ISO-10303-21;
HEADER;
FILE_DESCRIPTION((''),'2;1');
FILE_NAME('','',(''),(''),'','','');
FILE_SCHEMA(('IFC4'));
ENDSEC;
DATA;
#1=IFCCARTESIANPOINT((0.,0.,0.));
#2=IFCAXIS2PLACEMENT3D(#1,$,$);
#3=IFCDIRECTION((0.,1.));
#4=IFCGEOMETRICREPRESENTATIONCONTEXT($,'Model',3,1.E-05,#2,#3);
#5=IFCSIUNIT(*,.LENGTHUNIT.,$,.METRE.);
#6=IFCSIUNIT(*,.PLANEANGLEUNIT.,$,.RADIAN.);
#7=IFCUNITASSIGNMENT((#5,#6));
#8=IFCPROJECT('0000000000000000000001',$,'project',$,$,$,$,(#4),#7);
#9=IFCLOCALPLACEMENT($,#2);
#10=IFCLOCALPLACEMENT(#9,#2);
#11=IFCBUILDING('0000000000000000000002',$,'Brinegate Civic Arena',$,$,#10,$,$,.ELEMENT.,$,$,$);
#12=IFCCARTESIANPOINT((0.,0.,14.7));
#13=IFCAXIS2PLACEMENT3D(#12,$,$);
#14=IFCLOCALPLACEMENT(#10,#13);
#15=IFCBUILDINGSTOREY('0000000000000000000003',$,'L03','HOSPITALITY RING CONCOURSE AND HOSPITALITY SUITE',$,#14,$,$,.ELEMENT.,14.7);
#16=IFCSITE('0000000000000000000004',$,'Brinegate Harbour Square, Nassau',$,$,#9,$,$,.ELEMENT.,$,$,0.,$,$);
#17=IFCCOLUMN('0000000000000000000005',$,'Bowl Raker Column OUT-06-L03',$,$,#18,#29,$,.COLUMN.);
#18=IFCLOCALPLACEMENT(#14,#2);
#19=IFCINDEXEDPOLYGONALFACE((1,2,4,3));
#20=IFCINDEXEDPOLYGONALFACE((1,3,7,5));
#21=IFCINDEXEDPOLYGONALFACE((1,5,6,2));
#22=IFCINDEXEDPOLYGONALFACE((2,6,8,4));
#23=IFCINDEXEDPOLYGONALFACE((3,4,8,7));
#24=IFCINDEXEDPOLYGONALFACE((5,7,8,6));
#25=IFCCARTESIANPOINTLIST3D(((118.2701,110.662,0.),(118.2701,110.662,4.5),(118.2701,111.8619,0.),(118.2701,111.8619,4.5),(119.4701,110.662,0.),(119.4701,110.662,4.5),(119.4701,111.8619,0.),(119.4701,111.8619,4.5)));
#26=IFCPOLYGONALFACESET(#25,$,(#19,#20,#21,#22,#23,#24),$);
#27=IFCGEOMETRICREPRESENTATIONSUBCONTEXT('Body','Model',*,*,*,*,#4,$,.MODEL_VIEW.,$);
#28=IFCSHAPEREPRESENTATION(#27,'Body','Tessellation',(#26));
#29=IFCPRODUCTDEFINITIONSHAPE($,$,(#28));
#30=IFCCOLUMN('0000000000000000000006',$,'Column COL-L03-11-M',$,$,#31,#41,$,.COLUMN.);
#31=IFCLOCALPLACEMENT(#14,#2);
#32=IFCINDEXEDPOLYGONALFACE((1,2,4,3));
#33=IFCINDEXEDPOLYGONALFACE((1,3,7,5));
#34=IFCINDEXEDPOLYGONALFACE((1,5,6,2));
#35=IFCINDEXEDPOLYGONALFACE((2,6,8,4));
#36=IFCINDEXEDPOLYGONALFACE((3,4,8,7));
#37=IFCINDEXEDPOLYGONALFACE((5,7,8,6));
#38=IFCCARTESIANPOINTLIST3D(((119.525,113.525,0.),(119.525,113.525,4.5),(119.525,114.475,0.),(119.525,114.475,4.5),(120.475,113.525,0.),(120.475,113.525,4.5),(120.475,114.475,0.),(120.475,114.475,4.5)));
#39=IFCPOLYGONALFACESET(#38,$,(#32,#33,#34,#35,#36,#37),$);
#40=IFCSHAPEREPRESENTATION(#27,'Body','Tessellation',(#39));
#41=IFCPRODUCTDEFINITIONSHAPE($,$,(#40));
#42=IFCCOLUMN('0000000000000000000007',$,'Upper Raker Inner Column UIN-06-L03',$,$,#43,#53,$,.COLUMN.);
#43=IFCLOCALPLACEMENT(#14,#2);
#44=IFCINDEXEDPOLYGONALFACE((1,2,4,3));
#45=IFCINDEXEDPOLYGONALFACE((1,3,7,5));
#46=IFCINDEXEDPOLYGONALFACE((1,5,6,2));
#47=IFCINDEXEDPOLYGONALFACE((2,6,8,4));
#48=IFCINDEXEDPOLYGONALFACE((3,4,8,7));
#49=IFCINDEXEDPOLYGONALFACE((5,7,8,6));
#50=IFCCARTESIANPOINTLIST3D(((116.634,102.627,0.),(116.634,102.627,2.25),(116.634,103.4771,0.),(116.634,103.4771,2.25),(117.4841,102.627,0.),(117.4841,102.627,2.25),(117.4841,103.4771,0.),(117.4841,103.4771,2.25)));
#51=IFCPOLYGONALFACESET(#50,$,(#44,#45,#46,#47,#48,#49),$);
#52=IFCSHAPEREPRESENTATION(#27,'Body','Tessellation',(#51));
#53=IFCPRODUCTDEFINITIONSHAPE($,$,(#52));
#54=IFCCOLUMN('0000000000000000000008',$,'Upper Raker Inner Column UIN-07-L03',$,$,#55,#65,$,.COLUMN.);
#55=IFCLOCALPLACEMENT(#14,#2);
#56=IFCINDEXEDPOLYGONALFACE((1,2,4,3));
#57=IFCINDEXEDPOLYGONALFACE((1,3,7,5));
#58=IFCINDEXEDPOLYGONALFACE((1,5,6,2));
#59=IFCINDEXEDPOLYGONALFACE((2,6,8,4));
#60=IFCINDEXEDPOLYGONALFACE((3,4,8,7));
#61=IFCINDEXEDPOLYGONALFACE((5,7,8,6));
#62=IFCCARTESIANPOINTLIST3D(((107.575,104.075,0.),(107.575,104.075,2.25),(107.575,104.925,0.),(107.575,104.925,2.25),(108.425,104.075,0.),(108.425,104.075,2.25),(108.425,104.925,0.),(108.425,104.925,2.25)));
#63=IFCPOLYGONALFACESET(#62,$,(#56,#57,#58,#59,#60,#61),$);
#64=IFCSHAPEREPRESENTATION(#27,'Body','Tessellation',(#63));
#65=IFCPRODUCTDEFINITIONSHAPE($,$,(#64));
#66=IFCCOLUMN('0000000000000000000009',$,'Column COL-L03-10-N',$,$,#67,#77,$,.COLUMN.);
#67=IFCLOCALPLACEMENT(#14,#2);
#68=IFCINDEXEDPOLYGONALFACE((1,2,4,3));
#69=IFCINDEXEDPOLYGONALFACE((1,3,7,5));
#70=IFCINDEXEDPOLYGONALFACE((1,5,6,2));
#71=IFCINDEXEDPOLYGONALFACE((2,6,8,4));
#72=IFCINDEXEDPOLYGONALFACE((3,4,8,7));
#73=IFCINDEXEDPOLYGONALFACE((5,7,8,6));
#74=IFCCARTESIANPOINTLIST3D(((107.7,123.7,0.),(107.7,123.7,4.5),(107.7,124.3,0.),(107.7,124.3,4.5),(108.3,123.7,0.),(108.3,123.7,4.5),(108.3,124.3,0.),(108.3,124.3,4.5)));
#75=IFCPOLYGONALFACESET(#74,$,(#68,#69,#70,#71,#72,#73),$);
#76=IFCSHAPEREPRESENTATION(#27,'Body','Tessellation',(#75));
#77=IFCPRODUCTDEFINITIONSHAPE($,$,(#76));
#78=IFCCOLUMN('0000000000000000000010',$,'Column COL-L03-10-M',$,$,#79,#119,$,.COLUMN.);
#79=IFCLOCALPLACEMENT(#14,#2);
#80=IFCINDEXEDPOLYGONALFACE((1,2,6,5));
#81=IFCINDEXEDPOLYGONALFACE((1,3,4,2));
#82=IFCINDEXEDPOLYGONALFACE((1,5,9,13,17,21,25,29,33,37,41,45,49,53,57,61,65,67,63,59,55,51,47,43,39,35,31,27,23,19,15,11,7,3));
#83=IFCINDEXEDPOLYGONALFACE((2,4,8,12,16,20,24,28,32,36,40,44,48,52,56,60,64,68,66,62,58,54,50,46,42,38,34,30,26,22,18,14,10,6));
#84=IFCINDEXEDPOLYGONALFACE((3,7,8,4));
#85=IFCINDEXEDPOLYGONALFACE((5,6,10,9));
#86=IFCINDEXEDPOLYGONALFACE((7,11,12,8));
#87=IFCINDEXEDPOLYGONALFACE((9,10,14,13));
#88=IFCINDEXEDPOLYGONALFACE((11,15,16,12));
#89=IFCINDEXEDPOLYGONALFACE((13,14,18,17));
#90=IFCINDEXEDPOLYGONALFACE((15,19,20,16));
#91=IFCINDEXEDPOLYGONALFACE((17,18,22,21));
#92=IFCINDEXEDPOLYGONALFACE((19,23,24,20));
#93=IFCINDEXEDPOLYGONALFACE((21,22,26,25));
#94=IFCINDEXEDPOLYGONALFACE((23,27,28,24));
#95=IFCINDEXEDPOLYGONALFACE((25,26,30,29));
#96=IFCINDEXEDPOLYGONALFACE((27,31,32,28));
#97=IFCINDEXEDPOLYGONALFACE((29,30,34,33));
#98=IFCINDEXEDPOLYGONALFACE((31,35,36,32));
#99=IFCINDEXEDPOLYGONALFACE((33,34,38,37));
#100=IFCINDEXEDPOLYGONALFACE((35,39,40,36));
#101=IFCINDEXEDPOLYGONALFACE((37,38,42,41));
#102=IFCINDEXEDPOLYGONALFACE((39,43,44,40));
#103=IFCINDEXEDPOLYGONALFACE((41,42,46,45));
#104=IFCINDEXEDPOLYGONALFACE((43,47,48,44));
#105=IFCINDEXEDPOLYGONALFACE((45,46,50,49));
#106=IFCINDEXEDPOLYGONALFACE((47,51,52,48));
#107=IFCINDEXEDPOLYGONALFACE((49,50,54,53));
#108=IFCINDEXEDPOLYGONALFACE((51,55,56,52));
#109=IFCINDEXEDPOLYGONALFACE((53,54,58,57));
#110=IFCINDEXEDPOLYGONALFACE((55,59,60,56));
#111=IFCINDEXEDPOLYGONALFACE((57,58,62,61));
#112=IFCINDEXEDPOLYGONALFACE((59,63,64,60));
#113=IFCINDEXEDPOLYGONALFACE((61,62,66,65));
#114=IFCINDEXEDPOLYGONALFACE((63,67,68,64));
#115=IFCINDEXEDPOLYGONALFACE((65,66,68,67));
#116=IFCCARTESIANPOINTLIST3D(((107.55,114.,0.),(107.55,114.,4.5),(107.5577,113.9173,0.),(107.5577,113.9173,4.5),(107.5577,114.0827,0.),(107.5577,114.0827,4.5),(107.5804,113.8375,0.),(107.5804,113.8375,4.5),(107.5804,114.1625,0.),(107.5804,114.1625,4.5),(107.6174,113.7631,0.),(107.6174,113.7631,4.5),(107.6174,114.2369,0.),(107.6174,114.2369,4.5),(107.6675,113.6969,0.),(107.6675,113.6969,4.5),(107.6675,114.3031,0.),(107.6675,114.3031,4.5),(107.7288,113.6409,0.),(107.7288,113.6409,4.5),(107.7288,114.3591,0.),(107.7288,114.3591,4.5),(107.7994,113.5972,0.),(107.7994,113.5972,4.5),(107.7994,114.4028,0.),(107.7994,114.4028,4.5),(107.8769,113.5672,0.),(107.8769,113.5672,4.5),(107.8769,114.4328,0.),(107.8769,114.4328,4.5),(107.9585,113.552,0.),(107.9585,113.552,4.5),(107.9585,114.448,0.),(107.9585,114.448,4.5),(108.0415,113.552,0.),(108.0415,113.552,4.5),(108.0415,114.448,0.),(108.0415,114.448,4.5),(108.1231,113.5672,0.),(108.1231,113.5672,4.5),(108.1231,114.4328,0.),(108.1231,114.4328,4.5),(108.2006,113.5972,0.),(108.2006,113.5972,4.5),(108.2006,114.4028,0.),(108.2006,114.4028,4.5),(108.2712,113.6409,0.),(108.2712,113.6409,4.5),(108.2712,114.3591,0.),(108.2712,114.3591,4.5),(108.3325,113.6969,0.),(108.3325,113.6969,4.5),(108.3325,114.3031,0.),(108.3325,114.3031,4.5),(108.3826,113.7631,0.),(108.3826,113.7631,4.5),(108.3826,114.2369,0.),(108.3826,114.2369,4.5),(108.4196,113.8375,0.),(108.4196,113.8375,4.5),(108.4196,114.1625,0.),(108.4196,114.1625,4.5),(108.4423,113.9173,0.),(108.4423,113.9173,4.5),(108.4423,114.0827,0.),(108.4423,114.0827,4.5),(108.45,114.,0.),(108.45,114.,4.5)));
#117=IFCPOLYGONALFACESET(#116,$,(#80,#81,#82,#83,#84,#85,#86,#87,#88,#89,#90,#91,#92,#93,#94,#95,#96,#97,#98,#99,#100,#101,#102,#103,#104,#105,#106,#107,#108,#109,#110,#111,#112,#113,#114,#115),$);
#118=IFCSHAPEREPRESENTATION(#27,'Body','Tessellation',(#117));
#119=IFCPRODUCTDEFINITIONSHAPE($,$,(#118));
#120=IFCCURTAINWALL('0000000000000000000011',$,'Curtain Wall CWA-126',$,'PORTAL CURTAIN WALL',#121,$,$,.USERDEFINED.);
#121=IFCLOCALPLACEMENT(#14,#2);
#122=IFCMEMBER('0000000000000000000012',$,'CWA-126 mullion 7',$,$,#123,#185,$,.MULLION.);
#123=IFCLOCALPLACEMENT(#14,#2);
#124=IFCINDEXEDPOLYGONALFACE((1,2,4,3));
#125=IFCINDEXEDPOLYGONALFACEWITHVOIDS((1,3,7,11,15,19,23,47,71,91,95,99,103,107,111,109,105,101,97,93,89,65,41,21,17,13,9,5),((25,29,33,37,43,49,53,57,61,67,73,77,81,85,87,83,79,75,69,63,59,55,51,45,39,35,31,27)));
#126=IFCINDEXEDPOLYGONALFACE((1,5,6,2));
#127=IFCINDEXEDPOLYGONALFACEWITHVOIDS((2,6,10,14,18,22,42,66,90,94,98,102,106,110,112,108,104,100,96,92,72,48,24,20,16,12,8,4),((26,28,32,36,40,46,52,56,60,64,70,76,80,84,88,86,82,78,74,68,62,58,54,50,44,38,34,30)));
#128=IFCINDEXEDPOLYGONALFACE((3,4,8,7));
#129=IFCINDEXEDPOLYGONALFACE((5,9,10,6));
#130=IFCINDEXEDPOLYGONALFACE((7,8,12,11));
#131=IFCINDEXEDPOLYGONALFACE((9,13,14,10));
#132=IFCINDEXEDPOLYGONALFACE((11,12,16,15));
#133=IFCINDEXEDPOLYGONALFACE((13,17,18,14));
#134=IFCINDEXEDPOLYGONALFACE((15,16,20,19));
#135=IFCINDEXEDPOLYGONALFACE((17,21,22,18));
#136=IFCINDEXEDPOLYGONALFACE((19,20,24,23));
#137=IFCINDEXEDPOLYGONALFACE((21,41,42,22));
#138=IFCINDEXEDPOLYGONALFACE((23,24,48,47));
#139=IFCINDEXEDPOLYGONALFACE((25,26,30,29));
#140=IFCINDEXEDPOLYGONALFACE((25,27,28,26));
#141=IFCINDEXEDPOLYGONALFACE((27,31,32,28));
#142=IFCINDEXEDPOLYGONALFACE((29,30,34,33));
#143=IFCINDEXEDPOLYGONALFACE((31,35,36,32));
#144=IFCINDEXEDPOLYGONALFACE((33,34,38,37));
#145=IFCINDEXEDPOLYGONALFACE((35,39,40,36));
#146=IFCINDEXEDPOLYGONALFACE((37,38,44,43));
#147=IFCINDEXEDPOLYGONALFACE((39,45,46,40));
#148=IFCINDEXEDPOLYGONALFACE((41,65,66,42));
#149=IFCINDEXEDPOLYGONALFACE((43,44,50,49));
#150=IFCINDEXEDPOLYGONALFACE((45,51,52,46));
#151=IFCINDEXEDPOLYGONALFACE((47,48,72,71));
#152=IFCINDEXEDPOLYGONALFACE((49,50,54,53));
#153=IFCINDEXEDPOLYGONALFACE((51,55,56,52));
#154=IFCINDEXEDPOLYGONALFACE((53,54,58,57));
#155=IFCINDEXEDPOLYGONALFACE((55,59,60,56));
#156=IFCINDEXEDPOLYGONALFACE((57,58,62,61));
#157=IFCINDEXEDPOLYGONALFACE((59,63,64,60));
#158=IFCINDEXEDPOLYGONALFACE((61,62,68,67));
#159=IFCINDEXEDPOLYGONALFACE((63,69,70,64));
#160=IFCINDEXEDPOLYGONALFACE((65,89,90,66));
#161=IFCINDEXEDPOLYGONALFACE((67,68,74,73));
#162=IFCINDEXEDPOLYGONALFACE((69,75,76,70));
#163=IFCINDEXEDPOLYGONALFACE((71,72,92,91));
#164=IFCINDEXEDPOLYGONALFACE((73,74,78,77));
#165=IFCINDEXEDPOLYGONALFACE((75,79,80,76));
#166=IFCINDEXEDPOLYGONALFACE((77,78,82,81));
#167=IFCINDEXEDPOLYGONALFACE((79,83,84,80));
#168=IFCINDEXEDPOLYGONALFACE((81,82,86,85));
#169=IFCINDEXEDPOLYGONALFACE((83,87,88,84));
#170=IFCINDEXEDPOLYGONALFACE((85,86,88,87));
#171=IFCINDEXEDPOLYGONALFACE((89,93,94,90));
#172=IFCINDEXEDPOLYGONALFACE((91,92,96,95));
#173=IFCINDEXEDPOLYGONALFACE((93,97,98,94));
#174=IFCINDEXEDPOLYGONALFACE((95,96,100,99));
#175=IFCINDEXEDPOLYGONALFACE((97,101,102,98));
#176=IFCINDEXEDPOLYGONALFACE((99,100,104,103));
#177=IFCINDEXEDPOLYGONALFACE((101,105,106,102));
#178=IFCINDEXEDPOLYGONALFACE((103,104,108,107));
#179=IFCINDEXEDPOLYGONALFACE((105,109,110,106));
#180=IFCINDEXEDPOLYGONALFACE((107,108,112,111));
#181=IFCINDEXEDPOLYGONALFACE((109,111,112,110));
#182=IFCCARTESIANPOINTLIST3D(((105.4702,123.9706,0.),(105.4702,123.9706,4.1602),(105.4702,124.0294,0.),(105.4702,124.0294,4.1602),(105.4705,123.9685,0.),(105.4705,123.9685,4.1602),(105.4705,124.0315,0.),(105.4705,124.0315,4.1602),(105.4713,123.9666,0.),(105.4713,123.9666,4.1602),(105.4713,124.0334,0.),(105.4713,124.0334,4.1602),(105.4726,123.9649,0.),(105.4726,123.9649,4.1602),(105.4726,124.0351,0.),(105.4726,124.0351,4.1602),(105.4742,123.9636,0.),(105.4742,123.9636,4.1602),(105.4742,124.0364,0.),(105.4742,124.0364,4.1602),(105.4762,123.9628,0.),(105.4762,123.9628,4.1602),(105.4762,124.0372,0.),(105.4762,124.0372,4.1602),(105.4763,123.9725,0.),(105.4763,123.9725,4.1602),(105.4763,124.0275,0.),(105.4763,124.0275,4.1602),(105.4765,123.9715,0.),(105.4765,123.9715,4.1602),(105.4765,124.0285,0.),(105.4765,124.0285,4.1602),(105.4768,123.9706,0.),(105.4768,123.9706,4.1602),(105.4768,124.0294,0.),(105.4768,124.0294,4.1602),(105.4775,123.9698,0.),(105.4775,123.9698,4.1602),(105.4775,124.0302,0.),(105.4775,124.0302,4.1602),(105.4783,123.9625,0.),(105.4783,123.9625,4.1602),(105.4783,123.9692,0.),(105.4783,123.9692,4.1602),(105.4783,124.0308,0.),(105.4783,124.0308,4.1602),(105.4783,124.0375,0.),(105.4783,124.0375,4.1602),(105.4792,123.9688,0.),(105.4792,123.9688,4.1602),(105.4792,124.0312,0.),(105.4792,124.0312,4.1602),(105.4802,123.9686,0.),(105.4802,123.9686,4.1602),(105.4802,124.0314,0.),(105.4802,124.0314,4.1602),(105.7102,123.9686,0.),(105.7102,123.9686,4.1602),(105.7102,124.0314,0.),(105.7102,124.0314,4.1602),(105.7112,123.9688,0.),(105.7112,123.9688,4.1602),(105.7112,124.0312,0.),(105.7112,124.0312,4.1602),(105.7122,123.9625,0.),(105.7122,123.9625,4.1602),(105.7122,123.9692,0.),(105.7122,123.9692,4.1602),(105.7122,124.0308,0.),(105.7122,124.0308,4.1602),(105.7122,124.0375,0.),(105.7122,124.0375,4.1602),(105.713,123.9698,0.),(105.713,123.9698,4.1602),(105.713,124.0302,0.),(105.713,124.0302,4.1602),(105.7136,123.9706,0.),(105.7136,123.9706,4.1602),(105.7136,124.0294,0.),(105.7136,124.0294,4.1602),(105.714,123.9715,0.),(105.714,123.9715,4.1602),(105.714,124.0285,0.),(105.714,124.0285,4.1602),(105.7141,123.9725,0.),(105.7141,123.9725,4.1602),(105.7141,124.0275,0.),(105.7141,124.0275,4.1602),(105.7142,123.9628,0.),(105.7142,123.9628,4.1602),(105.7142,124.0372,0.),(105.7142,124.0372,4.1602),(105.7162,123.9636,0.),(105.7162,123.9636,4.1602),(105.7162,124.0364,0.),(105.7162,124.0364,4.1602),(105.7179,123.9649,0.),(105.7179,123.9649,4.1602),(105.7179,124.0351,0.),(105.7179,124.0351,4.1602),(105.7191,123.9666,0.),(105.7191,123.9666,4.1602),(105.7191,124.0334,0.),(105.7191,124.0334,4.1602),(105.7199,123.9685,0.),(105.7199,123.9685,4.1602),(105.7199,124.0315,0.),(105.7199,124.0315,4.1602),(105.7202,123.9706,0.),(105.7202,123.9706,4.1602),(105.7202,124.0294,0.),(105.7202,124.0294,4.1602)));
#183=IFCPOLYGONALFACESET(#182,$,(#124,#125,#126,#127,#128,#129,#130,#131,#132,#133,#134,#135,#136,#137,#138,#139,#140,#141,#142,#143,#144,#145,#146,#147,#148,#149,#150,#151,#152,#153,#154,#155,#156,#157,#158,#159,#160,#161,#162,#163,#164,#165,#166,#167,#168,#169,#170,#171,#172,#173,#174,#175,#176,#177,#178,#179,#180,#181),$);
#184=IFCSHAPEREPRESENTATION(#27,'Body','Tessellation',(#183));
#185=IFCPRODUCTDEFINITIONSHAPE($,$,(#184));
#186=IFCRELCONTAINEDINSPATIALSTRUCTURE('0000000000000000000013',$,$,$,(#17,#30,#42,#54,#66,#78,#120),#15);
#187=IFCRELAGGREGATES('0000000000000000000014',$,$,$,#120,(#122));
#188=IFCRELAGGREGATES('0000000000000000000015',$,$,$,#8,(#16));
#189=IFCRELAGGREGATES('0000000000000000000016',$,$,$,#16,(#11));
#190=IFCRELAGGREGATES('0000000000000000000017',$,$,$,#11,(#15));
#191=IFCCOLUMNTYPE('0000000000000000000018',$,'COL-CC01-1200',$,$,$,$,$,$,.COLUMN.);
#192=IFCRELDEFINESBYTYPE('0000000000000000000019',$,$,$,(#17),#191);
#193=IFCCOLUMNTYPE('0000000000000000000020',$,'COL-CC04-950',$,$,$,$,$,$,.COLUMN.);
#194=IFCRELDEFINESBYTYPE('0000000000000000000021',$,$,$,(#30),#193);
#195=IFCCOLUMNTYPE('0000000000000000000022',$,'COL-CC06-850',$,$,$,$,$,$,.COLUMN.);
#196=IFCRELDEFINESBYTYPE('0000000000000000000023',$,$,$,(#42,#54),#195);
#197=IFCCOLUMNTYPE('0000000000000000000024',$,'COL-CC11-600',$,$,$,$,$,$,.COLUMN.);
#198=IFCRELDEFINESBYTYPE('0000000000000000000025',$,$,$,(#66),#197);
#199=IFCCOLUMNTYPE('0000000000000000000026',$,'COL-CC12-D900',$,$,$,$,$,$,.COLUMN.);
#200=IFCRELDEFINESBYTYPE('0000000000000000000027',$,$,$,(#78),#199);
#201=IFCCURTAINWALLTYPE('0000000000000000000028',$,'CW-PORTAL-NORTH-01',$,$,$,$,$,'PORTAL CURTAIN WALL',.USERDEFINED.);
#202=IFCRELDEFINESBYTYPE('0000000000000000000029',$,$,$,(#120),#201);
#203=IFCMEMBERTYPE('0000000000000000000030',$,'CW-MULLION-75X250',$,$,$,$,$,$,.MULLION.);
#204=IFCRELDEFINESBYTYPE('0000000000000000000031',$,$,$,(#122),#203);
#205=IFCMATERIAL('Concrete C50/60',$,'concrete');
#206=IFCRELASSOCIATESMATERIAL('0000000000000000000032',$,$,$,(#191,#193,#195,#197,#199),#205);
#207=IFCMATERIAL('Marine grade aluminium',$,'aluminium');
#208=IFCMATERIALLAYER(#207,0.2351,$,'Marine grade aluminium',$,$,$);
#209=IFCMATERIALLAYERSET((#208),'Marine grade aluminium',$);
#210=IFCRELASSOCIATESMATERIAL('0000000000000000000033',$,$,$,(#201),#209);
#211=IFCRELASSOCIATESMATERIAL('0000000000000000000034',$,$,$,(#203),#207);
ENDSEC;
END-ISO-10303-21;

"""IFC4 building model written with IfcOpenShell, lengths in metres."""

from ifc_helpers import new_model, si_unit, direction, frame, origin, origin_2d, place, context, subcontext, project, spatial, rectangle, hollow_rectangle, circle, extrude, material, layer, layer_set, material_profile, profile_set, type_object, element, aggregate, save


model = new_model("IFC4")

# Units and contexts
model_context = context("Model", 3, precision=1e-05, world=origin(), true_north=direction((0.0, 1.0)))
body_context = subcontext(model_context, "Body", "Model", "MODEL_VIEW")
ifc_project = project(units=[si_unit("LENGTHUNIT", "METRE"), si_unit("PLANEANGLEUNIT", "RADIAN")], contexts=[model_context])

# Site, building, storey
site_placement = place(None, origin())
site = spatial("IfcSite", under=ifc_project, at=site_placement, Name="Brinegate Harbour Square, Nassau", CompositionType="ELEMENT", RefElevation=0.0)
building_placement = place(site_placement, origin())
building = spatial("IfcBuilding", under=site, at=building_placement, Name="Brinegate Civic Arena", CompositionType="ELEMENT")
storey_placement = place(building_placement, frame((0.0, 0.0, 14.7)))
storey = spatial("IfcBuildingStorey", under=building, at=storey_placement, Name="L03", Description="HOSPITALITY RING CONCOURSE AND HOSPITALITY SUITE", CompositionType="ELEMENT", Elevation=14.7)

# Columns
ifc_material_1 = material(Name="Concrete C50/60", Category="concrete")
ifc_material_profile_1 = material_profile(ifc_material_1, rectangle(XDim=1.2, YDim=1.2, at=origin_2d()), Name="RC1200X1200")
ifc_profile_set_1 = profile_set([ifc_material_profile_1], Name="Concrete C50/60")
column_type_1 = type_object("IfcColumnType", Name="COL-CC01-1200", PredefinedType="COLUMN", material=ifc_profile_set_1)
column_1_placement = place(storey_placement, frame((118.8701, 111.262, 0.0), z_axis=(0.0, 0.0, 1.0), x_axis=(1.0, 0.0, 0.0)))
element("IfcColumn", 1, at=column_1_placement, inside=storey, type_object=column_type_1, Name="Bowl Raker Column OUT-06-L03", PredefinedType="COLUMN", context=body_context, shape_type="SweptSolid", body=[
    extrude(rectangle(XDim=1.2, YDim=1.2, at=origin_2d()), origin(), (0.0, 0.0, 1.0), 4.5),
])
ifc_material_profile_2 = material_profile(ifc_material_1, rectangle(XDim=0.95, YDim=0.95, at=origin_2d()), Name="RC950X950")
ifc_profile_set_2 = profile_set([ifc_material_profile_2], Name="Concrete C50/60")
column_type_2 = type_object("IfcColumnType", Name="COL-CC04-950", PredefinedType="COLUMN", material=ifc_profile_set_2)
column_2_placement = place(storey_placement, frame((120.0, 114.0, 0.0), z_axis=(0.0, 0.0, 1.0), x_axis=(1.0, 0.0, 0.0)))
element("IfcColumn", 2, at=column_2_placement, inside=storey, type_object=column_type_2, Name="Column COL-L03-11-M", PredefinedType="COLUMN", context=body_context, shape_type="SweptSolid", body=[
    extrude(rectangle(XDim=0.95, YDim=0.95, at=origin_2d()), origin(), (0.0, 0.0, 1.0), 4.5),
])
ifc_material_profile_3 = material_profile(ifc_material_1, rectangle(XDim=0.8501, YDim=0.8501, at=origin_2d()), Name="RC850X850")
ifc_profile_set_3 = profile_set([ifc_material_profile_3], Name="Concrete C50/60")
column_type_3 = type_object("IfcColumnType", Name="COL-CC06-850", PredefinedType="COLUMN", material=ifc_profile_set_3)
for number, where, z_axis, x_axis, name in (
    (3, (117.0591, 103.052, 0.0), (0.0, 0.0, 1.0), (1.0, 0.0, 0.0), "Upper Raker Inner Column UIN-06-L03"),
    (4, (108.0, 104.5, 0.0), (0.0, 0.0, 1.0), (1.0, 0.0, 0.0), "Upper Raker Inner Column UIN-07-L03"),
):
    element("IfcColumn", number, at=place(storey_placement, frame(where, z_axis=z_axis, x_axis=x_axis)), inside=storey, type_object=column_type_3, Name=name, PredefinedType="COLUMN", context=body_context, shape_type="SweptSolid", body=[
        extrude(rectangle(XDim=0.8501, YDim=0.8501, at=origin_2d()), origin(), (0.0, 0.0, 1.0), 2.25),
    ])
ifc_material_profile_4 = material_profile(ifc_material_1, rectangle(XDim=0.6001, YDim=0.6001, at=origin_2d()), Name="RC600X600")
ifc_profile_set_4 = profile_set([ifc_material_profile_4], Name="Concrete C50/60")
column_type_4 = type_object("IfcColumnType", Name="COL-CC11-600", PredefinedType="COLUMN", material=ifc_profile_set_4)
column_3_placement = place(storey_placement, frame((108.0, 124.0, 0.0), z_axis=(0.0, 0.0, 1.0), x_axis=(1.0, 0.0, 0.0)))
element("IfcColumn", 5, at=column_3_placement, inside=storey, type_object=column_type_4, Name="Column COL-L03-10-N", PredefinedType="COLUMN", context=body_context, shape_type="SweptSolid", body=[
    extrude(rectangle(XDim=0.6001, YDim=0.6001, at=origin_2d()), origin(), (0.0, 0.0, 1.0), 4.5),
])
ifc_material_profile_5 = material_profile(ifc_material_1, circle(Radius=0.45, at=origin_2d()), Name="RCD900")
ifc_profile_set_5 = profile_set([ifc_material_profile_5], Name="Concrete C50/60")
column_type_5 = type_object("IfcColumnType", Name="COL-CC12-D900", PredefinedType="COLUMN", material=ifc_profile_set_5)
column_4_placement = place(storey_placement, frame((108.0, 114.0, 0.0), z_axis=(0.0, 0.0, 1.0), x_axis=(1.0, 0.0, 0.0)))
element("IfcColumn", 6, at=column_4_placement, inside=storey, type_object=column_type_5, Name="Column COL-L03-10-M", PredefinedType="COLUMN", context=body_context, shape_type="SweptSolid", body=[
    extrude(circle(Radius=0.45, at=origin_2d()), origin(), (0.0, 0.0, 1.0), 4.5),
])

# Curtain wall, member
ifc_material_2 = material(Name="Marine grade aluminium", Category="aluminium")
ifc_layer_1 = layer(ifc_material_2, 0.2351, Name="Marine grade aluminium")
ifc_layer_set_1 = layer_set([ifc_layer_1], Name="Marine grade aluminium")
curtain_wall_type = type_object("IfcCurtainWallType", Name="CW-PORTAL-NORTH-01", ElementType="PORTAL CURTAIN WALL", PredefinedType="USERDEFINED", material=ifc_layer_set_1)
curtain_wall_placement = place(storey_placement, origin())
curtain_wall = element("IfcCurtainWall", 7, at=curtain_wall_placement, inside=storey, type_object=curtain_wall_type, Name="Curtain Wall CWA-126", ObjectType="PORTAL CURTAIN WALL", PredefinedType="USERDEFINED")
ifc_material_profile_6 = material_profile(ifc_material_2, hollow_rectangle(XDim=0.075, YDim=0.25, WallThickness=0.0061, InnerFilletRadius=0.0039, OuterFilletRadius=0.0081, at=origin_2d()), Name="MUL75X250")
ifc_profile_set_6 = profile_set([ifc_material_profile_6], Name="Marine grade aluminium")
member_type_1 = type_object("IfcMemberType", Name="CW-MULLION-75X250", PredefinedType="MULLION", material=ifc_profile_set_6)
member_1_placement = place(storey_placement, frame((105.5952, 124.0, 0.0), z_axis=(0.0, 0.0, 1.0), x_axis=(0.0, 1.0, 0.0)))
member_1 = element("IfcMember", 8, at=member_1_placement, type_object=member_type_1, Name="CWA-126 mullion 7", PredefinedType="MULLION", context=body_context, shape_type="SweptSolid", body=[
    extrude(hollow_rectangle(XDim=0.075, YDim=0.25, WallThickness=0.0061, InnerFilletRadius=0.0039, OuterFilletRadius=0.0081, at=origin_2d()), origin(), (0.0, 0.0, 1.0), 4.1602),
])

aggregate(curtain_wall, [member_1])

save(model, "model.ifc")
